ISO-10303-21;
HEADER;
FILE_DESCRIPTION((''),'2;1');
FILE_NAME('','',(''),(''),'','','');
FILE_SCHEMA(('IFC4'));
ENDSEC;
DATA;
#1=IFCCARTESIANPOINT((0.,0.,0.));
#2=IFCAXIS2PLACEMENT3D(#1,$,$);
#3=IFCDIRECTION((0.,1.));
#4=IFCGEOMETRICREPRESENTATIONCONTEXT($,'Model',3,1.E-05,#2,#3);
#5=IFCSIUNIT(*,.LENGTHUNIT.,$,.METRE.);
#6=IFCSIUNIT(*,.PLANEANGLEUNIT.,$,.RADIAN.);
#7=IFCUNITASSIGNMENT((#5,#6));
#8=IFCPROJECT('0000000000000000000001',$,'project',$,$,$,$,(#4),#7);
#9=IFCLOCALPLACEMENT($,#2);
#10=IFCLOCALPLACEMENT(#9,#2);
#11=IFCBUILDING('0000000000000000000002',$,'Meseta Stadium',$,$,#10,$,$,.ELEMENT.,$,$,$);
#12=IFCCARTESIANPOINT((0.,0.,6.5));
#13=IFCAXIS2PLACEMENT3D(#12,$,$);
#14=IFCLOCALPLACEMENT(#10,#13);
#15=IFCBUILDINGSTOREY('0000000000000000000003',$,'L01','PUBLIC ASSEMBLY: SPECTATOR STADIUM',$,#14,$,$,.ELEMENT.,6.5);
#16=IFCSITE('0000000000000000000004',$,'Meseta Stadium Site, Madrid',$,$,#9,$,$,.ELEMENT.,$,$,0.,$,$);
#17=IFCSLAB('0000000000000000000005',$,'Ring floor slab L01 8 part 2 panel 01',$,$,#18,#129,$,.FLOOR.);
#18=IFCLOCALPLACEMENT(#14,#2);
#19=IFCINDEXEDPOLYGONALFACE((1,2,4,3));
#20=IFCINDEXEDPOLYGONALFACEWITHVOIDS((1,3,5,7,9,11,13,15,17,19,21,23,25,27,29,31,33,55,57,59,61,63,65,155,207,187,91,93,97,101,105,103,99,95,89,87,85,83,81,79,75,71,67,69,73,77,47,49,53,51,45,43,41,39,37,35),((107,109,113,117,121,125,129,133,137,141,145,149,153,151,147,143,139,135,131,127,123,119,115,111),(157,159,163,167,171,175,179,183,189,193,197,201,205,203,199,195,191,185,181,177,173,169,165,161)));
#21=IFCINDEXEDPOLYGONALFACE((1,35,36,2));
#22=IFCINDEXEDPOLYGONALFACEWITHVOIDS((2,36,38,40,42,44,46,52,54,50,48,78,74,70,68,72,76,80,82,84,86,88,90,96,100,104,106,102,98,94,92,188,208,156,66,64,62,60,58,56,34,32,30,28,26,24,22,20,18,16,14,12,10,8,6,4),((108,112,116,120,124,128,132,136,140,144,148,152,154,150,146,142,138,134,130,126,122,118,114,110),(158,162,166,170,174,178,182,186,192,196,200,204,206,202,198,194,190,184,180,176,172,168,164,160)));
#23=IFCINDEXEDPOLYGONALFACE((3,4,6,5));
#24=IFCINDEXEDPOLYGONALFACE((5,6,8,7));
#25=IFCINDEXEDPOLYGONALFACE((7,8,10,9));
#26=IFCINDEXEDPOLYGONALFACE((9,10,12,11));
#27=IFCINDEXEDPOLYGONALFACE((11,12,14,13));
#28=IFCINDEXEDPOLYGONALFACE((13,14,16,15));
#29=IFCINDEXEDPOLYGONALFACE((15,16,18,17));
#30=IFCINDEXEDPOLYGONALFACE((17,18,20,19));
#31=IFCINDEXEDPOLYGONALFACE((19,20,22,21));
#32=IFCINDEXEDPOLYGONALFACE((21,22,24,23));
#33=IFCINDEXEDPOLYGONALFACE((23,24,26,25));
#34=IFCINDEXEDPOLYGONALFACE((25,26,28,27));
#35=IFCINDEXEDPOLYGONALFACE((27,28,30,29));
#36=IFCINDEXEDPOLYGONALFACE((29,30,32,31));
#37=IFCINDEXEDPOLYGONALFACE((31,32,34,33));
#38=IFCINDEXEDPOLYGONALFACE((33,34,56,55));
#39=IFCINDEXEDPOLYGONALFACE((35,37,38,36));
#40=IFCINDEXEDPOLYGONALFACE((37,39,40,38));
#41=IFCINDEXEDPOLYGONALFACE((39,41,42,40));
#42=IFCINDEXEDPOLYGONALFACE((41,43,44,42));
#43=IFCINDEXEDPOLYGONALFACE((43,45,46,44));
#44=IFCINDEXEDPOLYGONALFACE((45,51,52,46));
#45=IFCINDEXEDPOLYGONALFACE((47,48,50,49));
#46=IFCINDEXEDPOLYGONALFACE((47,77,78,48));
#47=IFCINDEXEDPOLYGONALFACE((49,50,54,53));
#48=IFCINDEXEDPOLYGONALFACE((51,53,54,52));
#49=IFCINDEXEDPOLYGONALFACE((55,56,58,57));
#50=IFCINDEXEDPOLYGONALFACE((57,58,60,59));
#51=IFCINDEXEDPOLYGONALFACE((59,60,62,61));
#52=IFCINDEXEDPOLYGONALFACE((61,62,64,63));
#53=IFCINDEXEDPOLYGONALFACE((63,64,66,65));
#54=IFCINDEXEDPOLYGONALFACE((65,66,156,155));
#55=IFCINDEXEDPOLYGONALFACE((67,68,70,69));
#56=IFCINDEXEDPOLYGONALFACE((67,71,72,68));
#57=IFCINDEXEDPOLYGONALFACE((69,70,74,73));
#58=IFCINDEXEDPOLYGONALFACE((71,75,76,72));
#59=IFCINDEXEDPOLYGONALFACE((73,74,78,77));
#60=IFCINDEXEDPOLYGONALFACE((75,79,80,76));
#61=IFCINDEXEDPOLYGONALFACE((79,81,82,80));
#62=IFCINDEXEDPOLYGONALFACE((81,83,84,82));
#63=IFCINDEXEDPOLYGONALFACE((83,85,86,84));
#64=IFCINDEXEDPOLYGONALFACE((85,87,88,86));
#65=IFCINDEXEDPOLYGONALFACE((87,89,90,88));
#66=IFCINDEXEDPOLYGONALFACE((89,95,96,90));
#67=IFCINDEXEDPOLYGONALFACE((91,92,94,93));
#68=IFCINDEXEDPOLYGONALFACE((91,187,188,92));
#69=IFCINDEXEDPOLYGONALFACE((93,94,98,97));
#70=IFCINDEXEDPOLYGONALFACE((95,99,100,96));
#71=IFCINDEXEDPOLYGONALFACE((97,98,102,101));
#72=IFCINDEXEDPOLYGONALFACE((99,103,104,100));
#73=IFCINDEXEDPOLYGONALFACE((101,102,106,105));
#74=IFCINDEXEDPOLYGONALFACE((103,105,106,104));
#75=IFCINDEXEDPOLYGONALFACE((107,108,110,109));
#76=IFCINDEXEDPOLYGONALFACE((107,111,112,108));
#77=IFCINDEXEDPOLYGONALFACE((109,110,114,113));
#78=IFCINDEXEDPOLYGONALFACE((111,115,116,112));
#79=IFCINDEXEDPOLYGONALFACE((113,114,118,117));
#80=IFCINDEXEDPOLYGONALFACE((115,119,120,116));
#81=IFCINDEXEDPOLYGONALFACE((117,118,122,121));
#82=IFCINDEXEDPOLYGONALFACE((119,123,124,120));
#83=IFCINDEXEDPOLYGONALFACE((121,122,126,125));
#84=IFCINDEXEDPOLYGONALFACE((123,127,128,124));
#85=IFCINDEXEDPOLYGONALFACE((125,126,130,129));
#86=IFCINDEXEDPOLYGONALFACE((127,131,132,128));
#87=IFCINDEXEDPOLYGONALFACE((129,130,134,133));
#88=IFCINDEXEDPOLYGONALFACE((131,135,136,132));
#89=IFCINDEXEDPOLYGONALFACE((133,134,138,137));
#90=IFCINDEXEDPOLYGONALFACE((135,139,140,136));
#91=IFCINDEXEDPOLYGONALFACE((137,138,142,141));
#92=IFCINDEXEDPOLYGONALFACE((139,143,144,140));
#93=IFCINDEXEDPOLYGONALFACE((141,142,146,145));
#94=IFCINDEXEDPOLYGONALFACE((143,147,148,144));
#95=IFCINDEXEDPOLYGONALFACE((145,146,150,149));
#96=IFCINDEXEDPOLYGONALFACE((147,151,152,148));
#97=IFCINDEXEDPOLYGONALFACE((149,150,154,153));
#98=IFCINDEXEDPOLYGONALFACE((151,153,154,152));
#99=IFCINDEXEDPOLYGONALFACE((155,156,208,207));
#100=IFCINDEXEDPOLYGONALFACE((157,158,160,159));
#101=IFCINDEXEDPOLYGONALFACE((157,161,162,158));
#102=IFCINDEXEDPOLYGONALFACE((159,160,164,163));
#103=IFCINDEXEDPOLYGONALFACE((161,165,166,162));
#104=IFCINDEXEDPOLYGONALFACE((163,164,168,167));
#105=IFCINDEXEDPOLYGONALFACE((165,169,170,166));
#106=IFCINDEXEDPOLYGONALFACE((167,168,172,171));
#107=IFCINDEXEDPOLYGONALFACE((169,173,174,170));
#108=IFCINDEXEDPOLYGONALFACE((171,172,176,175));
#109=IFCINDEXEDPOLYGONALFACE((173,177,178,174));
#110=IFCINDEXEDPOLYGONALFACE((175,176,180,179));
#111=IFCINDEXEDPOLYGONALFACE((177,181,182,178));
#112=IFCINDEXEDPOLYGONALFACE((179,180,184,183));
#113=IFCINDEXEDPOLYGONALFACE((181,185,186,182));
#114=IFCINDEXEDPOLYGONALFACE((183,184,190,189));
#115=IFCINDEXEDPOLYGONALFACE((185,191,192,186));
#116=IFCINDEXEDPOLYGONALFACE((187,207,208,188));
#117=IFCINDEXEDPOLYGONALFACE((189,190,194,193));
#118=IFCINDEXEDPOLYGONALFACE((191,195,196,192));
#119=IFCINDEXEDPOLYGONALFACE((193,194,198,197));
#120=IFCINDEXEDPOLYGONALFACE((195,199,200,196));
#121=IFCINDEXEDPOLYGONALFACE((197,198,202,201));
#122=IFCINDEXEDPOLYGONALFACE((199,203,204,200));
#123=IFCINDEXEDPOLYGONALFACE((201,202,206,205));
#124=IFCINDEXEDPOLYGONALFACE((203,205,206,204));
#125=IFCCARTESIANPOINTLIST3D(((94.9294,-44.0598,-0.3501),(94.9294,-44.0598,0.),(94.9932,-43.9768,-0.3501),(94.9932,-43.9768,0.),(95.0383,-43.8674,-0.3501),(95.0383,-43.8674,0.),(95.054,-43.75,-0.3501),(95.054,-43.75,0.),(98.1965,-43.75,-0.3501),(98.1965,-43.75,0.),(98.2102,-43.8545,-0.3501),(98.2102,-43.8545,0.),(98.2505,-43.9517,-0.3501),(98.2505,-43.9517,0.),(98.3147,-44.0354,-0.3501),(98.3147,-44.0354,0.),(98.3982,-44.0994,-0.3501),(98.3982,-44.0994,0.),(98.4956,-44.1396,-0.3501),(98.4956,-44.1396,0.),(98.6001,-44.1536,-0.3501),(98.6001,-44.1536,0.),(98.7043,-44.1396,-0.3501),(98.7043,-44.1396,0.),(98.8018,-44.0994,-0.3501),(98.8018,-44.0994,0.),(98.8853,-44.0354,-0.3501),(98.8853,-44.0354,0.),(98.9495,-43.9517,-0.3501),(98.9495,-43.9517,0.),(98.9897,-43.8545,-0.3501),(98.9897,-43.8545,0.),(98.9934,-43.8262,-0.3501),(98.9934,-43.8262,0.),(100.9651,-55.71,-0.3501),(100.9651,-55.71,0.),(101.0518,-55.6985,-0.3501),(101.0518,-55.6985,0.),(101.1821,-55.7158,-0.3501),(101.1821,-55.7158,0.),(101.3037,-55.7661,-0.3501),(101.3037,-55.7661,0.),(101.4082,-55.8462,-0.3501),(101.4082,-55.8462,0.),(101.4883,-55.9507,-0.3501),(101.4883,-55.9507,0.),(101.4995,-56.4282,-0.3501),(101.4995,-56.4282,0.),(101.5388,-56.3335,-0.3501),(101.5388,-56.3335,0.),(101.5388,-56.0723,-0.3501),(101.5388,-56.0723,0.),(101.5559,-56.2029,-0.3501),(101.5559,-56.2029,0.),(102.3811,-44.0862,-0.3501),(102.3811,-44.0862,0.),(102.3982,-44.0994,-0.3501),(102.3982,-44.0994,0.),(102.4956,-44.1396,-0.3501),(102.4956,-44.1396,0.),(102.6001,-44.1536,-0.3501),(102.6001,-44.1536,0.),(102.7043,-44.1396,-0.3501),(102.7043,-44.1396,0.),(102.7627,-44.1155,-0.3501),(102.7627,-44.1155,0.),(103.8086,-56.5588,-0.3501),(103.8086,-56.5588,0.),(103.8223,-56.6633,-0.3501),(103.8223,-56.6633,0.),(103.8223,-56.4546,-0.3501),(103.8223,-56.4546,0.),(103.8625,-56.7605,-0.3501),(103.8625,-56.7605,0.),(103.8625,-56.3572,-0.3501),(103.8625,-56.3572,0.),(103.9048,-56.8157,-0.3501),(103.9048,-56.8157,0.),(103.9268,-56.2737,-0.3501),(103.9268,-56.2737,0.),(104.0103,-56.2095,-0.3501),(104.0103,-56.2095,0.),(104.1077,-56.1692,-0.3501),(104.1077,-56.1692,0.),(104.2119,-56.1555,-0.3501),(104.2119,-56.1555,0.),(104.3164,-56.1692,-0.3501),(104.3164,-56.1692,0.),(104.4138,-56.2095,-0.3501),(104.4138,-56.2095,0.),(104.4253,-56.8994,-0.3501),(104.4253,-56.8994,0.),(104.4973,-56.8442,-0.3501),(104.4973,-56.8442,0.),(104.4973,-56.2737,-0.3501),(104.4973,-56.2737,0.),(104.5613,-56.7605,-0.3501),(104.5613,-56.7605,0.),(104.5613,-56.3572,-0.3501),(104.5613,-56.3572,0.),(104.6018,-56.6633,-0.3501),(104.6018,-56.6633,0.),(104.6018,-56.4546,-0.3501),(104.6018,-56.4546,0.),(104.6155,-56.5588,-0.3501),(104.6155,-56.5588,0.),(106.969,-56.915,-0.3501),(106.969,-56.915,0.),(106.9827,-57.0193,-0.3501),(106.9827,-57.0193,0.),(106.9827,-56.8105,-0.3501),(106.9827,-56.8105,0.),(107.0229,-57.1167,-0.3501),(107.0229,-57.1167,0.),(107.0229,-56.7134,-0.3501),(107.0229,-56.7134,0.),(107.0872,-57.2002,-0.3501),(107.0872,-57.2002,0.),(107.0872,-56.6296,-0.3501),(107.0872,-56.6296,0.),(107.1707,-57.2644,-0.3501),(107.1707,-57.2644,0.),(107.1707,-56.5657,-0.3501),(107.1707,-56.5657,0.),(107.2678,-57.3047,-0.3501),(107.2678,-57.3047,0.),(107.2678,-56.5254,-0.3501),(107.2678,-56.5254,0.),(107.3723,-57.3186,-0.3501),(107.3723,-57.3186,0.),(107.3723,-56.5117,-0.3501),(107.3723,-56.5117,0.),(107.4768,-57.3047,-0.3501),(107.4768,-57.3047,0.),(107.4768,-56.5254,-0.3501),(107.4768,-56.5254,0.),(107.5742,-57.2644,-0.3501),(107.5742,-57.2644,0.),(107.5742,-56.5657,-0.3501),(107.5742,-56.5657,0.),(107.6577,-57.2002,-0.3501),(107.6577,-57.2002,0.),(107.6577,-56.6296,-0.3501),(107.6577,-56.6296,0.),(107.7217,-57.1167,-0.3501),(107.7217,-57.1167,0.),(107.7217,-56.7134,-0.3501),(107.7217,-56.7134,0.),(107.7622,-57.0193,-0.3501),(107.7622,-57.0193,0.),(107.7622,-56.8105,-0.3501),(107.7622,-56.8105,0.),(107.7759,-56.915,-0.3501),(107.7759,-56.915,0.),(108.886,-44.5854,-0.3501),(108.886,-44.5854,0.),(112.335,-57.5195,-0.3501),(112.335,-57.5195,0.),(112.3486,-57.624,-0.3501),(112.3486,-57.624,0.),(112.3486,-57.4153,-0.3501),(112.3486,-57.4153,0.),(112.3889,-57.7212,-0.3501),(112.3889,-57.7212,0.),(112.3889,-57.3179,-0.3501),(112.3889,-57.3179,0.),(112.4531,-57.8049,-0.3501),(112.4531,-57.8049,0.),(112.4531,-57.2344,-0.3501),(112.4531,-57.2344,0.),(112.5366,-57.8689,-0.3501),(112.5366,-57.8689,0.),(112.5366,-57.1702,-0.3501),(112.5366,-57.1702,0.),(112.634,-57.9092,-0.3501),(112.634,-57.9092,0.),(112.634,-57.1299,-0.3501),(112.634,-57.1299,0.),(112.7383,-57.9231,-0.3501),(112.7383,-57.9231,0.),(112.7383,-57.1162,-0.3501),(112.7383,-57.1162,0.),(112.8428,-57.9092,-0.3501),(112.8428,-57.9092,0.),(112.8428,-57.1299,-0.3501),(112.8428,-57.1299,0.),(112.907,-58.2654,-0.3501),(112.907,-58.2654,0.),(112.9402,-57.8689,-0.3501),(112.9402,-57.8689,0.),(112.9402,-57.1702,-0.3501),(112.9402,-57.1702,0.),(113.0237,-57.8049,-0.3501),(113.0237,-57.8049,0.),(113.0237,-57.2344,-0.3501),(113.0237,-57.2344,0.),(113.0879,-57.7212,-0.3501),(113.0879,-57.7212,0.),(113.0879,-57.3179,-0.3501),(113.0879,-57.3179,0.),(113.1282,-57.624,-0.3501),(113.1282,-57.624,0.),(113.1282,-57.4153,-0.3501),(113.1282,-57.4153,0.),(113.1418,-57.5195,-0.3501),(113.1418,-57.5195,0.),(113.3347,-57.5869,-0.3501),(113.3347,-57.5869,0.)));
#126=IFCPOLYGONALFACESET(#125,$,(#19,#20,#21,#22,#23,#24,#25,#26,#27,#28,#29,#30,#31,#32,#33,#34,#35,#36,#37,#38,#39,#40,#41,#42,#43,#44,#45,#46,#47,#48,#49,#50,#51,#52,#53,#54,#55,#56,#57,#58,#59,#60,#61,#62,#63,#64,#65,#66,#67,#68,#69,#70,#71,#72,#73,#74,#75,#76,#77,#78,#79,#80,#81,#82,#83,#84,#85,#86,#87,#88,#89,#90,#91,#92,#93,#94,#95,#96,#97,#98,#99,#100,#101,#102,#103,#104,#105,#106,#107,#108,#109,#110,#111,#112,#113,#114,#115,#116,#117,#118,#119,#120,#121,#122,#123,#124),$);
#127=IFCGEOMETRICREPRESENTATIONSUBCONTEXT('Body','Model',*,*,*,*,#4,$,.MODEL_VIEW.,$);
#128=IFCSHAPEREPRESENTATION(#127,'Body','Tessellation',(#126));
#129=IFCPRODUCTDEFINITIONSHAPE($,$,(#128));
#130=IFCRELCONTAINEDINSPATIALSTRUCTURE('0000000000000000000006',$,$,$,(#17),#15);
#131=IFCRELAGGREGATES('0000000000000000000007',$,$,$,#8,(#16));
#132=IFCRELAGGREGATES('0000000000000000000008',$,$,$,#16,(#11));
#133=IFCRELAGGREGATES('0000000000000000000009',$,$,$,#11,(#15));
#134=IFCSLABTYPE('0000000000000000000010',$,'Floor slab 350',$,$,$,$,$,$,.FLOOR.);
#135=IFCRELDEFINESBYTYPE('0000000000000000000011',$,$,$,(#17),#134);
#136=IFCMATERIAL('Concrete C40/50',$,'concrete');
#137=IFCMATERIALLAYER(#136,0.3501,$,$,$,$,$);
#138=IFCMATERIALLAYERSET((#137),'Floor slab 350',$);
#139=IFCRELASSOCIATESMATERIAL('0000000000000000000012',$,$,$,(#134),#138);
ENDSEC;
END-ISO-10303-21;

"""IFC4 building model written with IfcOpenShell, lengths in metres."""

from ifc_helpers import new_model, si_unit, direction, frame, origin, place, context, subcontext, project, spatial, polyline, outline, extrude, material, layer, layer_set, type_object, element, save


model = new_model("IFC4")

# Units and contexts
model_context = context("Model", 3, precision=1e-05, world=origin(), true_north=direction((0.0, 1.0)))
body_context = subcontext(model_context, "Body", "Model", "MODEL_VIEW")
ifc_project = project(units=[si_unit("LENGTHUNIT", "METRE"), si_unit("PLANEANGLEUNIT", "RADIAN")], contexts=[model_context])

# Site, building, storey
site_placement = place(None, origin())
site = spatial("IfcSite", under=ifc_project, at=site_placement, Name="Meseta Stadium Site, Madrid", CompositionType="ELEMENT", RefElevation=0.0)
building_placement = place(site_placement, origin())
building = spatial("IfcBuilding", under=site, at=building_placement, Name="Meseta Stadium", CompositionType="ELEMENT")
storey_placement = place(building_placement, frame((0.0, 0.0, 6.5)))
storey = spatial("IfcBuildingStorey", under=building, at=storey_placement, Name="L01", Description="PUBLIC ASSEMBLY: SPECTATOR STADIUM", CompositionType="ELEMENT", Elevation=6.5)

# Slab
ifc_material_1 = material(Name="Concrete C40/50", Category="concrete")
ifc_layer = layer(ifc_material_1, 0.3501)
ifc_layer_set = layer_set([ifc_layer], Name="Floor slab 350")
slab_type = type_object("IfcSlabType", Name="Floor slab 350", PredefinedType="FLOOR", material=ifc_layer_set)
slab_1_placement = place(storey_placement, frame((0.0, 0.0, -0.3501)))
element("IfcSlab", 1, at=slab_1_placement, inside=storey, type_object=slab_type, Name="Ring floor slab L01 8 part 2 panel 01", PredefinedType="FLOOR", context=body_context, shape_type="SweptSolid", body=[
    extrude(outline(polyline([(98.2102, -43.8545), (98.1965, -43.75), (95.054, -43.75), (95.0383, -43.8674), (94.9932, -43.9768), (94.9294, -44.0598), (100.9651, -55.71), (101.0518, -55.6985), (101.1821, -55.7158), (101.3037, -55.7661), (101.4082, -55.8462), (101.4883, -55.9507), (101.5388, -56.0723), (101.5559, -56.2029), (101.5388, -56.3335), (101.4995, -56.4282), (103.9048, -56.8157), (103.8625, -56.7605), (103.8223, -56.6633), (103.8086, -56.5588), (103.8223, -56.4546), (103.8625, -56.3572), (103.9268, -56.2737), (104.0103, -56.2095), (104.1077, -56.1692), (104.2119, -56.1555), (104.3164, -56.1692), (104.4138, -56.2095), (104.4973, -56.2737), (104.5613, -56.3572), (104.6018, -56.4546), (104.6155, -56.5588), (104.6018, -56.6633), (104.5613, -56.7605), (104.4973, -56.8442), (104.4253, -56.8994), (112.907, -58.2654), (113.3347, -57.5869), (108.886, -44.5854), (102.7627, -44.1155), (102.7043, -44.1396), (102.6001, -44.1536), (102.4956, -44.1396), (102.3982, -44.0994), (102.3811, -44.0862), (98.9934, -43.8262), (98.9897, -43.8545), (98.9495, -43.9517), (98.8853, -44.0354), (98.8018, -44.0994), (98.7043, -44.1396), (98.6001, -44.1536), (98.4956, -44.1396), (98.3982, -44.0994), (98.3147, -44.0354), (98.2505, -43.9517), (98.2102, -43.8545)]), holes=[polyline([(112.3486, -57.4153), (112.3889, -57.3179), (112.4531, -57.2344), (112.5366, -57.1702), (112.634, -57.1299), (112.7383, -57.1162), (112.8428, -57.1299), (112.9402, -57.1702), (113.0237, -57.2344), (113.0879, -57.3179), (113.1282, -57.4153), (113.1418, -57.5195), (113.1282, -57.624), (113.0879, -57.7212), (113.0237, -57.8049), (112.9402, -57.8689), (112.8428, -57.9092), (112.7383, -57.9231), (112.634, -57.9092), (112.5366, -57.8689), (112.4531, -57.8049), (112.3889, -57.7212), (112.3486, -57.624), (112.335, -57.5195), (112.3486, -57.4153)]), polyline([(107.4768, -56.5254), (107.5742, -56.5657), (107.6577, -56.6296), (107.7217, -56.7134), (107.7622, -56.8105), (107.7759, -56.915), (107.7622, -57.0193), (107.7217, -57.1167), (107.6577, -57.2002), (107.5742, -57.2644), (107.4768, -57.3047), (107.3723, -57.3186), (107.2678, -57.3047), (107.1707, -57.2644), (107.0872, -57.2002), (107.0229, -57.1167), (106.9827, -57.0193), (106.969, -56.915), (106.9827, -56.8105), (107.0229, -56.7134), (107.0872, -56.6296), (107.1707, -56.5657), (107.2678, -56.5254), (107.3723, -56.5117), (107.4768, -56.5254)])]), origin(), (0.0, 0.0, 1.0), 0.3501),
])

save(model, "model.ifc")
